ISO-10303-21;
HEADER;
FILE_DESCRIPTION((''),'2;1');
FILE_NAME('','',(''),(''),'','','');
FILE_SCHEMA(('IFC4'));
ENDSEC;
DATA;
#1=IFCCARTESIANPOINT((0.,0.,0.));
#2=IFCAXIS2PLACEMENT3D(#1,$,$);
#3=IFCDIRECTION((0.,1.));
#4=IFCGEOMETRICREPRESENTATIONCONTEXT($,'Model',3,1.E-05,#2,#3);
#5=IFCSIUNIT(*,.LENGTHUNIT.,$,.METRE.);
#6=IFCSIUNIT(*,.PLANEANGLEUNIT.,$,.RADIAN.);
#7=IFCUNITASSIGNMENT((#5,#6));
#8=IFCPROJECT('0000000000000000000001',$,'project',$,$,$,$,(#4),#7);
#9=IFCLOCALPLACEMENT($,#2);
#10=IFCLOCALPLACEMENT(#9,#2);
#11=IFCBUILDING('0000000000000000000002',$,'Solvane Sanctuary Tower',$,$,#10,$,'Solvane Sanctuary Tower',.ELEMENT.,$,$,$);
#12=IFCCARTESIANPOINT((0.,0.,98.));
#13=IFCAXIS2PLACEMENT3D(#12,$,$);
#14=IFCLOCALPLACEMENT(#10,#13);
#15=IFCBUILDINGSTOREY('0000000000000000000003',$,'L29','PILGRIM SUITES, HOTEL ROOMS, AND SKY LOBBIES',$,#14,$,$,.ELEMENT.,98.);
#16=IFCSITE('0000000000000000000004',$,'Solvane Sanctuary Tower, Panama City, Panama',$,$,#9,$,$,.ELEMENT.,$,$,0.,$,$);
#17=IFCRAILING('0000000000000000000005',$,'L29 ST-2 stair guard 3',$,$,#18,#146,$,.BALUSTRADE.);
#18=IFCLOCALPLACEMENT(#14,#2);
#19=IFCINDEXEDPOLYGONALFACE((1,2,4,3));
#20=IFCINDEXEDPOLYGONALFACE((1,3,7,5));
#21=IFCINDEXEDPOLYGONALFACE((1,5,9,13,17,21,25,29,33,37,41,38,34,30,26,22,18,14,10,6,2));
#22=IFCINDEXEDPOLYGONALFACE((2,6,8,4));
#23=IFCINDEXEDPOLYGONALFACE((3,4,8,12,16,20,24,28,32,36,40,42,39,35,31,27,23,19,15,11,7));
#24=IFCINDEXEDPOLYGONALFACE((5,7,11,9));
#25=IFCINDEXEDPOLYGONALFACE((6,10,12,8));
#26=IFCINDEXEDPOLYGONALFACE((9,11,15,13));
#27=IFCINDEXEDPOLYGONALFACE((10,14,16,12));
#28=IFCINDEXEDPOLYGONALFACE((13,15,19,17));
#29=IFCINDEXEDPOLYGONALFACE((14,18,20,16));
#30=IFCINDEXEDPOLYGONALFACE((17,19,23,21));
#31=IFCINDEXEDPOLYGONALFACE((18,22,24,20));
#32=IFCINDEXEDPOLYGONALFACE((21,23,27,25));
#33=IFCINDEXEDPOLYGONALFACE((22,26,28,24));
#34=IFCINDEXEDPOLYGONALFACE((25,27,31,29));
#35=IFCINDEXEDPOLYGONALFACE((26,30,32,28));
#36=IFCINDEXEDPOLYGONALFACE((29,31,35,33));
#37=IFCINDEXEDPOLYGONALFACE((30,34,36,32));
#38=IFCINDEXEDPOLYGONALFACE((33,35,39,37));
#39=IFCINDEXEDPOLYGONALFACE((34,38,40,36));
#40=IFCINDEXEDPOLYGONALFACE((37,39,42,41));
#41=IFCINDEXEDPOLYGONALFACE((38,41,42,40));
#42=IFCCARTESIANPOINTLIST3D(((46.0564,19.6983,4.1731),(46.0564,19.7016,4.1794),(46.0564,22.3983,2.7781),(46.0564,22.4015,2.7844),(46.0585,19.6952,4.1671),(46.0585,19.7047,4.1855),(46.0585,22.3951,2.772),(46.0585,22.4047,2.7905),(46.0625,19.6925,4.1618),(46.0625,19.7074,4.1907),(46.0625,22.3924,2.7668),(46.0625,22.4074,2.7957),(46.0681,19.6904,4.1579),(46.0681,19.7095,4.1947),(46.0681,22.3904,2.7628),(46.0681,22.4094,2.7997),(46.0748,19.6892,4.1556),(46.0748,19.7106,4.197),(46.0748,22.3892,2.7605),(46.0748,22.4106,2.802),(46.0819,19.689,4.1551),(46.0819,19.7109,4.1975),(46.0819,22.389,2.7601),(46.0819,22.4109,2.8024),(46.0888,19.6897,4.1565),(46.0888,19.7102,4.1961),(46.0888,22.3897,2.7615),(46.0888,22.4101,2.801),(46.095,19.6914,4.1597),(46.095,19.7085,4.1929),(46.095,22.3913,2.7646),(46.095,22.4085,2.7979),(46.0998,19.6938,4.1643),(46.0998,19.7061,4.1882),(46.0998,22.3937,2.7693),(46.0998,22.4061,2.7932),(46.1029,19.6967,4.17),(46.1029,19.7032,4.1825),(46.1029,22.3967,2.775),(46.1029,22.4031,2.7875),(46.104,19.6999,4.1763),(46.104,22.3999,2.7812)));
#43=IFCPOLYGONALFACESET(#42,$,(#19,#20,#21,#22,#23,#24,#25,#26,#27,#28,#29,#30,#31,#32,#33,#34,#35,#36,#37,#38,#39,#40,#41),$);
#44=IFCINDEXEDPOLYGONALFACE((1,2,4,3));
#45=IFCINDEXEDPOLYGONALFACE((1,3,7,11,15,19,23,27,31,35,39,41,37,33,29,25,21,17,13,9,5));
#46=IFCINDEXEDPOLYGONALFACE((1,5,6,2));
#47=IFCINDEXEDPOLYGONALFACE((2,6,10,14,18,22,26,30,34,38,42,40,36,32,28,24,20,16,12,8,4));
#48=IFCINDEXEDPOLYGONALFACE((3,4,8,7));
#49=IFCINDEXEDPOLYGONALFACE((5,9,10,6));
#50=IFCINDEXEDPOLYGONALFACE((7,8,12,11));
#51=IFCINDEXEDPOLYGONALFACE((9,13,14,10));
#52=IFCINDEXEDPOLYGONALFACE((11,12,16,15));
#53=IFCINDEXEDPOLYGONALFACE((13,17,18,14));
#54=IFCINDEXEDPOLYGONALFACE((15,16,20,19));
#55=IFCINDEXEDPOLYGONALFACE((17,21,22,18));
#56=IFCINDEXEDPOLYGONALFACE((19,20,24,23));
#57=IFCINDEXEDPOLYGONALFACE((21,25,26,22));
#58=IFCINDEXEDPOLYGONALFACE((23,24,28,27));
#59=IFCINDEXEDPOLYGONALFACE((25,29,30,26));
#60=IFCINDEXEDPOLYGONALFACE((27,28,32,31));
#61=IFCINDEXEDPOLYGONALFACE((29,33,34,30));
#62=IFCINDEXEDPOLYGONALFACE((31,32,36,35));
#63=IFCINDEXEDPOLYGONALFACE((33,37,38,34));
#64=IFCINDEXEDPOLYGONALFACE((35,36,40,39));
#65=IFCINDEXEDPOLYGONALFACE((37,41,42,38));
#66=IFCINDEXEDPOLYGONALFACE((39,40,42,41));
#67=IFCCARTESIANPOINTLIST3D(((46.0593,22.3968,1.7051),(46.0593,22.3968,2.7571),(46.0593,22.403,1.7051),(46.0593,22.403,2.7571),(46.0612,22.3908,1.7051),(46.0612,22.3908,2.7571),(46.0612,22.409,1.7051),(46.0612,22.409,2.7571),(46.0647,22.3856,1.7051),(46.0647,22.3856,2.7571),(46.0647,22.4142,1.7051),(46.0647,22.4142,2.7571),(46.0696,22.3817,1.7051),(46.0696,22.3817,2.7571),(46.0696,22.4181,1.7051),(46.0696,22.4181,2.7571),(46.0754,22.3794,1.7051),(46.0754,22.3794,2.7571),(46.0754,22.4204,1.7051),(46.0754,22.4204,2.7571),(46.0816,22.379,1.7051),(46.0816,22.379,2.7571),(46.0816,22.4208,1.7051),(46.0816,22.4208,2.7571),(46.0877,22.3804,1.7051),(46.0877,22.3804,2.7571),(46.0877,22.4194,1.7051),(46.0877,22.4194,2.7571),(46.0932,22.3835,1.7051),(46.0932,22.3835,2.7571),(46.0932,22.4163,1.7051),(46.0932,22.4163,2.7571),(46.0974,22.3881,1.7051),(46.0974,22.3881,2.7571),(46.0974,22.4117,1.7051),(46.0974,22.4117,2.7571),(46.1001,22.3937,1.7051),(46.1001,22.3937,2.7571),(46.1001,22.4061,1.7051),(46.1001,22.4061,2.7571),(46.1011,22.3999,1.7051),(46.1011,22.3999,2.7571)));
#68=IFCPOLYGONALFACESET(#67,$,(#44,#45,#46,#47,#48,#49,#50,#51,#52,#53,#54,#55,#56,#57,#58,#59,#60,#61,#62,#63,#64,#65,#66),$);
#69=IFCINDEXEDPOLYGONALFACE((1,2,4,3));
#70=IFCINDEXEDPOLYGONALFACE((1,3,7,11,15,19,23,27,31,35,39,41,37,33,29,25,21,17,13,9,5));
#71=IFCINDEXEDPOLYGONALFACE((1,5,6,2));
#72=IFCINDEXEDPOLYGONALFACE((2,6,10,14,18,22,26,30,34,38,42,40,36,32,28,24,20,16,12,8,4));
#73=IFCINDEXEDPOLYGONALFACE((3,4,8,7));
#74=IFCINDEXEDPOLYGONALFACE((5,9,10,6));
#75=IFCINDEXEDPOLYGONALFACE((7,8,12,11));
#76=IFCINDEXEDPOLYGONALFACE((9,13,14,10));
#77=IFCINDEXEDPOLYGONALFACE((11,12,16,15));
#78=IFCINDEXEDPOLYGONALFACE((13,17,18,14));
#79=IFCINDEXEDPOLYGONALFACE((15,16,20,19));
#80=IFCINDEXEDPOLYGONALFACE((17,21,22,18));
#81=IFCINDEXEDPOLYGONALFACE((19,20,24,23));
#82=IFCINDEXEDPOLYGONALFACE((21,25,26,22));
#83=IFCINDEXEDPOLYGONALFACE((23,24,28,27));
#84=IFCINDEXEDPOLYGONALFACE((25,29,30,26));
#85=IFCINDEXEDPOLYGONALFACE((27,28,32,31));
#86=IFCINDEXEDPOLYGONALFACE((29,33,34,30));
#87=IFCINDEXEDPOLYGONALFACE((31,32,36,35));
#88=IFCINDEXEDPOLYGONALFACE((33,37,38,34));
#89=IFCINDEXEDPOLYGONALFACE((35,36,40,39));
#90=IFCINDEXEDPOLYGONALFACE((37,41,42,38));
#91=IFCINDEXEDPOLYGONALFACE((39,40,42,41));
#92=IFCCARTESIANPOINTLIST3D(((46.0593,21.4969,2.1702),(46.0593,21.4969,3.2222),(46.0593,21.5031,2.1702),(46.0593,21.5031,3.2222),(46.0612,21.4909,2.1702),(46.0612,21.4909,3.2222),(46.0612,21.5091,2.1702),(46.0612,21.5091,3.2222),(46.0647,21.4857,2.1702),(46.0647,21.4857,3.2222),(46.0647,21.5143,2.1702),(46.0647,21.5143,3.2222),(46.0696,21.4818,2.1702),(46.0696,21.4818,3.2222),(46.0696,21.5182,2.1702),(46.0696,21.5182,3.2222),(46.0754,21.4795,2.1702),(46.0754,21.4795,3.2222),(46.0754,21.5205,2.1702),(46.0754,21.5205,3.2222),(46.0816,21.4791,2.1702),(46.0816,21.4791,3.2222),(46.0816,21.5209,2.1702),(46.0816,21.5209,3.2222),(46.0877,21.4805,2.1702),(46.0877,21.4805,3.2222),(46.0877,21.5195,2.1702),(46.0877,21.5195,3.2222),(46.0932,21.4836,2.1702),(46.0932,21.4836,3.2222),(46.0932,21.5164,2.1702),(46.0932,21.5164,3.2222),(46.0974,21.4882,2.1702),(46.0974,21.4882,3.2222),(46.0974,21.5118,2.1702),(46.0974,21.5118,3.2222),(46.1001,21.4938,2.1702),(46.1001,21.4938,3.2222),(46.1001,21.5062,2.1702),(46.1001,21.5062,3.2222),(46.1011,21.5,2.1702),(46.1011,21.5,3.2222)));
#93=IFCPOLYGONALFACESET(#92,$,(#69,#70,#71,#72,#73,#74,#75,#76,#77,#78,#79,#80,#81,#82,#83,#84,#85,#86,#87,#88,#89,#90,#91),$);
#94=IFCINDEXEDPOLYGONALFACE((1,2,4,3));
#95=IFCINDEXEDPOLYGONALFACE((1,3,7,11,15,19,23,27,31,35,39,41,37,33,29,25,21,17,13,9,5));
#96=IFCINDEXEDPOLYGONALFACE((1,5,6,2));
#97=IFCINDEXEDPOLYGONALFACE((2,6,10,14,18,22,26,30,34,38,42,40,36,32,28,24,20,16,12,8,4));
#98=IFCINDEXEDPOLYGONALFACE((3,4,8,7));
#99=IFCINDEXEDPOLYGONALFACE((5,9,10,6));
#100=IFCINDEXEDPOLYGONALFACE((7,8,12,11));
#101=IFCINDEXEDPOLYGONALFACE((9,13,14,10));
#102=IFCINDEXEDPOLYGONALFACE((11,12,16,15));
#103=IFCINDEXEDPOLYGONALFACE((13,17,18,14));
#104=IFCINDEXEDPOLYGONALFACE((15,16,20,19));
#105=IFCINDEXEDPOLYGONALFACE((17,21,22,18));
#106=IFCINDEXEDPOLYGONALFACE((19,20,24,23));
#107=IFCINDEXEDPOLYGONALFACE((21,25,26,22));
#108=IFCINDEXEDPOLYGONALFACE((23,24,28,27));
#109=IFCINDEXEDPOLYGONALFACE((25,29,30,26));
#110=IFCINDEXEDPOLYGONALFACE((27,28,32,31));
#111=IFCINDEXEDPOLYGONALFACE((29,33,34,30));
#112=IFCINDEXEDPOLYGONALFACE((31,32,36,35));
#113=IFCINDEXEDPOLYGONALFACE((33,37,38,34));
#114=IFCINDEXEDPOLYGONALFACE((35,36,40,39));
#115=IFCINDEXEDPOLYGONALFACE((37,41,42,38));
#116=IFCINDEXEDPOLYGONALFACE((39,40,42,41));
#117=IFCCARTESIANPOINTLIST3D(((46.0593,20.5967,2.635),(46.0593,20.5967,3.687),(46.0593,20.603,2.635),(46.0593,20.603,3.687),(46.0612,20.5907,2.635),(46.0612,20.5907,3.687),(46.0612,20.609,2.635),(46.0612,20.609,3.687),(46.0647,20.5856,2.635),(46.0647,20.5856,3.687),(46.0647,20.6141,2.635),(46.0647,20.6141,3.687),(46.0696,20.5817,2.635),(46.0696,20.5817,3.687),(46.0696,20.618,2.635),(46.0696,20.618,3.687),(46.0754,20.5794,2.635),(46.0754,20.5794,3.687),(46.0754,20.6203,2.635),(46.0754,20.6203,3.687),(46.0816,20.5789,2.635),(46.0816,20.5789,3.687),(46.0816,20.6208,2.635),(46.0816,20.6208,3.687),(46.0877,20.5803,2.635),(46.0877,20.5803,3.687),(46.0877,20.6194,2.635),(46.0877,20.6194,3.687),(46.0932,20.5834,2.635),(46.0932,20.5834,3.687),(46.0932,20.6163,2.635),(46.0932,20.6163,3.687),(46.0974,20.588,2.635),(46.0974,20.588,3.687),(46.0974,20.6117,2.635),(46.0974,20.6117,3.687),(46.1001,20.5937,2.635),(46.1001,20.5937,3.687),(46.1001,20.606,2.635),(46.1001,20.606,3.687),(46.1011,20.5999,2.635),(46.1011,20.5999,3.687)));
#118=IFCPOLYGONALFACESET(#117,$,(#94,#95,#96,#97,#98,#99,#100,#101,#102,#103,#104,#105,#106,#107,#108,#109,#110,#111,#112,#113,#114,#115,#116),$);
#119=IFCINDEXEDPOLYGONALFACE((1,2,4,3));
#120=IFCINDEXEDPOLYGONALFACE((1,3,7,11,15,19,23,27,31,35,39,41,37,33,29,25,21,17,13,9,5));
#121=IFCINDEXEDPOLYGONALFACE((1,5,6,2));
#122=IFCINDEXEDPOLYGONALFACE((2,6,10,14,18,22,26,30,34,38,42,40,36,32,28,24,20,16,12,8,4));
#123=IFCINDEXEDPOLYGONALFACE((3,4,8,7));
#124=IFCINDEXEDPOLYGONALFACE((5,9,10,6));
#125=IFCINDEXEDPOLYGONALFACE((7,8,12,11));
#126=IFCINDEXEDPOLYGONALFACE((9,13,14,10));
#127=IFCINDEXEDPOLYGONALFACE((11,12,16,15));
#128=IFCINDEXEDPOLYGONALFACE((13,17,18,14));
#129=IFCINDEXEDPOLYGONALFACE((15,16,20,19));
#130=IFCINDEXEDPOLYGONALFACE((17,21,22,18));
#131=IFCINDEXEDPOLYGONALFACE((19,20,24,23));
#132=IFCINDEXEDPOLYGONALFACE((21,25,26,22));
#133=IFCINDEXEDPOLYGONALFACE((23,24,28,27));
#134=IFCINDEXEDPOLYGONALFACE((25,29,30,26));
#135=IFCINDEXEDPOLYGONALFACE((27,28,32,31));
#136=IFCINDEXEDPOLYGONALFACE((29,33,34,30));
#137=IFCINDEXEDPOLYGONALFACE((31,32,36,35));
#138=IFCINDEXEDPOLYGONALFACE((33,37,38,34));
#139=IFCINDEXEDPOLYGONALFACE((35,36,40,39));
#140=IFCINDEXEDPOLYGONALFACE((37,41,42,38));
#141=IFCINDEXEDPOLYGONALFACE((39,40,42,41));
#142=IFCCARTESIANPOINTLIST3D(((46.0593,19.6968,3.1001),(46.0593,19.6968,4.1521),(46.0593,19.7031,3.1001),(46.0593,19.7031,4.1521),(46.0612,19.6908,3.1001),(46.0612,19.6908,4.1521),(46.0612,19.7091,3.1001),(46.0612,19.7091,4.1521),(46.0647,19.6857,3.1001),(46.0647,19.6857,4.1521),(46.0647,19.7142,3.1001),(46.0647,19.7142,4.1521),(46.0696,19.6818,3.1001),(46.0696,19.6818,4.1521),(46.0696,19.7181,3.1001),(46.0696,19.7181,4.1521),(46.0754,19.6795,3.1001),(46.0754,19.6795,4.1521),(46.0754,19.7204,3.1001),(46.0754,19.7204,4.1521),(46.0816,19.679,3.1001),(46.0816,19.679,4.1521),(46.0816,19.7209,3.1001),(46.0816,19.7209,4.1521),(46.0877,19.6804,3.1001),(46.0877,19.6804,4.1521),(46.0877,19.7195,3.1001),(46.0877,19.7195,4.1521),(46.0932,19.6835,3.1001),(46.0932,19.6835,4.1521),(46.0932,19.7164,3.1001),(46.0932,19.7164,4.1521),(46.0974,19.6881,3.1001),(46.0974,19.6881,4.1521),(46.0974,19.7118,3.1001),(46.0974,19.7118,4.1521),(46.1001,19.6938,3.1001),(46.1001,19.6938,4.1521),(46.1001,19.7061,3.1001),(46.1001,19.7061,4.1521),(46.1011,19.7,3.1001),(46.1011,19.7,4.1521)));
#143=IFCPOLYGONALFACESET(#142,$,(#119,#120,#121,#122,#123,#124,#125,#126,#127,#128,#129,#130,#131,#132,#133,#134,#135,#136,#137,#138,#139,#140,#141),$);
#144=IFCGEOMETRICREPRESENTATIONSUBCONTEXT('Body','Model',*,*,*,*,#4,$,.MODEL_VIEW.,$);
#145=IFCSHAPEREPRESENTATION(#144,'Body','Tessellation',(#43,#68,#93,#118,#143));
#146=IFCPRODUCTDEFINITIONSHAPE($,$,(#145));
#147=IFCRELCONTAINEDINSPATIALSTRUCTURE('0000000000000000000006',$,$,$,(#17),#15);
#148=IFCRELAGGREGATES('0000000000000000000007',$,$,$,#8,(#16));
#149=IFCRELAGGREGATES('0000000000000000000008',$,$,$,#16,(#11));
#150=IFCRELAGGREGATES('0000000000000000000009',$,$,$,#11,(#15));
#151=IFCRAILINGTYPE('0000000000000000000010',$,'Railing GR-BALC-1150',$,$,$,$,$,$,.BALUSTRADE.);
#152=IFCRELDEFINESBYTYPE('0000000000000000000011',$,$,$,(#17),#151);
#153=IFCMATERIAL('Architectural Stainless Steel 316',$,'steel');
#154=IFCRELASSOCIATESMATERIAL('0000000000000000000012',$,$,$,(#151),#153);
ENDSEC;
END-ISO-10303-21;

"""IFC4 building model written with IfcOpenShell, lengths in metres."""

from ifc_helpers import new_model, si_unit, direction, frame, origin, origin_2d, place, context, subcontext, project, spatial, circle, extrude, material, type_object, element, save


model = new_model("IFC4")

# Units and contexts
model_context = context("Model", 3, precision=1e-05, world=origin(), true_north=direction((0.0, 1.0)))
body_context = subcontext(model_context, "Body", "Model", "MODEL_VIEW")
ifc_project = project(units=[si_unit("LENGTHUNIT", "METRE"), si_unit("PLANEANGLEUNIT", "RADIAN")], contexts=[model_context])

# Site, building, storey
site_placement = place(None, origin())
site = spatial("IfcSite", under=ifc_project, at=site_placement, Name="Solvane Sanctuary Tower, Panama City, Panama", CompositionType="ELEMENT", RefElevation=0.0)
building_placement = place(site_placement, origin())
building = spatial("IfcBuilding", under=site, at=building_placement, Name="Solvane Sanctuary Tower", LongName="Solvane Sanctuary Tower", CompositionType="ELEMENT")
storey_placement = place(building_placement, frame((0.0, 0.0, 98.0)))
storey = spatial("IfcBuildingStorey", under=building, at=storey_placement, Name="L29", Description="PILGRIM SUITES, HOTEL ROOMS, AND SKY LOBBIES", CompositionType="ELEMENT", Elevation=98.0)

# Shared definitions
ifc_material_1 = material(Name="Architectural Stainless Steel 316", Category="steel")

# Railing
railing_type_1 = type_object("IfcRailingType", Name="Railing GR-BALC-1150", PredefinedType="BALUSTRADE", material=ifc_material_1)
railing_1_placement = place(storey_placement, frame((46.0801, 22.3999, 1.7051)))
element("IfcRailing", 1, at=railing_1_placement, inside=storey, type_object=railing_type_1, Name="L29 ST-2 stair guard 3", PredefinedType="BALUSTRADE", context=body_context, shape_type="SweptSolid", body=[
    extrude(circle(Radius=0.0239, at=origin_2d()), frame((0.0, 0.0, 1.0762), z_axis=(0.0, -0.88842, 0.459032), x_axis=(1.0, 0.0, 0.0)), (0.0, 0.0, 1.0), 3.0391),
    extrude(circle(Radius=0.021, at=origin_2d()), origin(), (0.0, 0.0, 1.0), 1.052),
    extrude(circle(Radius=0.021, at=origin_2d()), frame((0.0, -0.8999, 0.4651)), (0.0, 0.0, 1.0), 1.052),
    extrude(circle(Radius=0.021, at=origin_2d()), frame((0.0, -1.8, 0.9299)), (0.0, 0.0, 1.0), 1.052),
    extrude(circle(Radius=0.021, at=origin_2d()), frame((0.0, -2.7, 1.395)), (0.0, 0.0, 1.0), 1.052),
])

save(model, "model.ifc")
